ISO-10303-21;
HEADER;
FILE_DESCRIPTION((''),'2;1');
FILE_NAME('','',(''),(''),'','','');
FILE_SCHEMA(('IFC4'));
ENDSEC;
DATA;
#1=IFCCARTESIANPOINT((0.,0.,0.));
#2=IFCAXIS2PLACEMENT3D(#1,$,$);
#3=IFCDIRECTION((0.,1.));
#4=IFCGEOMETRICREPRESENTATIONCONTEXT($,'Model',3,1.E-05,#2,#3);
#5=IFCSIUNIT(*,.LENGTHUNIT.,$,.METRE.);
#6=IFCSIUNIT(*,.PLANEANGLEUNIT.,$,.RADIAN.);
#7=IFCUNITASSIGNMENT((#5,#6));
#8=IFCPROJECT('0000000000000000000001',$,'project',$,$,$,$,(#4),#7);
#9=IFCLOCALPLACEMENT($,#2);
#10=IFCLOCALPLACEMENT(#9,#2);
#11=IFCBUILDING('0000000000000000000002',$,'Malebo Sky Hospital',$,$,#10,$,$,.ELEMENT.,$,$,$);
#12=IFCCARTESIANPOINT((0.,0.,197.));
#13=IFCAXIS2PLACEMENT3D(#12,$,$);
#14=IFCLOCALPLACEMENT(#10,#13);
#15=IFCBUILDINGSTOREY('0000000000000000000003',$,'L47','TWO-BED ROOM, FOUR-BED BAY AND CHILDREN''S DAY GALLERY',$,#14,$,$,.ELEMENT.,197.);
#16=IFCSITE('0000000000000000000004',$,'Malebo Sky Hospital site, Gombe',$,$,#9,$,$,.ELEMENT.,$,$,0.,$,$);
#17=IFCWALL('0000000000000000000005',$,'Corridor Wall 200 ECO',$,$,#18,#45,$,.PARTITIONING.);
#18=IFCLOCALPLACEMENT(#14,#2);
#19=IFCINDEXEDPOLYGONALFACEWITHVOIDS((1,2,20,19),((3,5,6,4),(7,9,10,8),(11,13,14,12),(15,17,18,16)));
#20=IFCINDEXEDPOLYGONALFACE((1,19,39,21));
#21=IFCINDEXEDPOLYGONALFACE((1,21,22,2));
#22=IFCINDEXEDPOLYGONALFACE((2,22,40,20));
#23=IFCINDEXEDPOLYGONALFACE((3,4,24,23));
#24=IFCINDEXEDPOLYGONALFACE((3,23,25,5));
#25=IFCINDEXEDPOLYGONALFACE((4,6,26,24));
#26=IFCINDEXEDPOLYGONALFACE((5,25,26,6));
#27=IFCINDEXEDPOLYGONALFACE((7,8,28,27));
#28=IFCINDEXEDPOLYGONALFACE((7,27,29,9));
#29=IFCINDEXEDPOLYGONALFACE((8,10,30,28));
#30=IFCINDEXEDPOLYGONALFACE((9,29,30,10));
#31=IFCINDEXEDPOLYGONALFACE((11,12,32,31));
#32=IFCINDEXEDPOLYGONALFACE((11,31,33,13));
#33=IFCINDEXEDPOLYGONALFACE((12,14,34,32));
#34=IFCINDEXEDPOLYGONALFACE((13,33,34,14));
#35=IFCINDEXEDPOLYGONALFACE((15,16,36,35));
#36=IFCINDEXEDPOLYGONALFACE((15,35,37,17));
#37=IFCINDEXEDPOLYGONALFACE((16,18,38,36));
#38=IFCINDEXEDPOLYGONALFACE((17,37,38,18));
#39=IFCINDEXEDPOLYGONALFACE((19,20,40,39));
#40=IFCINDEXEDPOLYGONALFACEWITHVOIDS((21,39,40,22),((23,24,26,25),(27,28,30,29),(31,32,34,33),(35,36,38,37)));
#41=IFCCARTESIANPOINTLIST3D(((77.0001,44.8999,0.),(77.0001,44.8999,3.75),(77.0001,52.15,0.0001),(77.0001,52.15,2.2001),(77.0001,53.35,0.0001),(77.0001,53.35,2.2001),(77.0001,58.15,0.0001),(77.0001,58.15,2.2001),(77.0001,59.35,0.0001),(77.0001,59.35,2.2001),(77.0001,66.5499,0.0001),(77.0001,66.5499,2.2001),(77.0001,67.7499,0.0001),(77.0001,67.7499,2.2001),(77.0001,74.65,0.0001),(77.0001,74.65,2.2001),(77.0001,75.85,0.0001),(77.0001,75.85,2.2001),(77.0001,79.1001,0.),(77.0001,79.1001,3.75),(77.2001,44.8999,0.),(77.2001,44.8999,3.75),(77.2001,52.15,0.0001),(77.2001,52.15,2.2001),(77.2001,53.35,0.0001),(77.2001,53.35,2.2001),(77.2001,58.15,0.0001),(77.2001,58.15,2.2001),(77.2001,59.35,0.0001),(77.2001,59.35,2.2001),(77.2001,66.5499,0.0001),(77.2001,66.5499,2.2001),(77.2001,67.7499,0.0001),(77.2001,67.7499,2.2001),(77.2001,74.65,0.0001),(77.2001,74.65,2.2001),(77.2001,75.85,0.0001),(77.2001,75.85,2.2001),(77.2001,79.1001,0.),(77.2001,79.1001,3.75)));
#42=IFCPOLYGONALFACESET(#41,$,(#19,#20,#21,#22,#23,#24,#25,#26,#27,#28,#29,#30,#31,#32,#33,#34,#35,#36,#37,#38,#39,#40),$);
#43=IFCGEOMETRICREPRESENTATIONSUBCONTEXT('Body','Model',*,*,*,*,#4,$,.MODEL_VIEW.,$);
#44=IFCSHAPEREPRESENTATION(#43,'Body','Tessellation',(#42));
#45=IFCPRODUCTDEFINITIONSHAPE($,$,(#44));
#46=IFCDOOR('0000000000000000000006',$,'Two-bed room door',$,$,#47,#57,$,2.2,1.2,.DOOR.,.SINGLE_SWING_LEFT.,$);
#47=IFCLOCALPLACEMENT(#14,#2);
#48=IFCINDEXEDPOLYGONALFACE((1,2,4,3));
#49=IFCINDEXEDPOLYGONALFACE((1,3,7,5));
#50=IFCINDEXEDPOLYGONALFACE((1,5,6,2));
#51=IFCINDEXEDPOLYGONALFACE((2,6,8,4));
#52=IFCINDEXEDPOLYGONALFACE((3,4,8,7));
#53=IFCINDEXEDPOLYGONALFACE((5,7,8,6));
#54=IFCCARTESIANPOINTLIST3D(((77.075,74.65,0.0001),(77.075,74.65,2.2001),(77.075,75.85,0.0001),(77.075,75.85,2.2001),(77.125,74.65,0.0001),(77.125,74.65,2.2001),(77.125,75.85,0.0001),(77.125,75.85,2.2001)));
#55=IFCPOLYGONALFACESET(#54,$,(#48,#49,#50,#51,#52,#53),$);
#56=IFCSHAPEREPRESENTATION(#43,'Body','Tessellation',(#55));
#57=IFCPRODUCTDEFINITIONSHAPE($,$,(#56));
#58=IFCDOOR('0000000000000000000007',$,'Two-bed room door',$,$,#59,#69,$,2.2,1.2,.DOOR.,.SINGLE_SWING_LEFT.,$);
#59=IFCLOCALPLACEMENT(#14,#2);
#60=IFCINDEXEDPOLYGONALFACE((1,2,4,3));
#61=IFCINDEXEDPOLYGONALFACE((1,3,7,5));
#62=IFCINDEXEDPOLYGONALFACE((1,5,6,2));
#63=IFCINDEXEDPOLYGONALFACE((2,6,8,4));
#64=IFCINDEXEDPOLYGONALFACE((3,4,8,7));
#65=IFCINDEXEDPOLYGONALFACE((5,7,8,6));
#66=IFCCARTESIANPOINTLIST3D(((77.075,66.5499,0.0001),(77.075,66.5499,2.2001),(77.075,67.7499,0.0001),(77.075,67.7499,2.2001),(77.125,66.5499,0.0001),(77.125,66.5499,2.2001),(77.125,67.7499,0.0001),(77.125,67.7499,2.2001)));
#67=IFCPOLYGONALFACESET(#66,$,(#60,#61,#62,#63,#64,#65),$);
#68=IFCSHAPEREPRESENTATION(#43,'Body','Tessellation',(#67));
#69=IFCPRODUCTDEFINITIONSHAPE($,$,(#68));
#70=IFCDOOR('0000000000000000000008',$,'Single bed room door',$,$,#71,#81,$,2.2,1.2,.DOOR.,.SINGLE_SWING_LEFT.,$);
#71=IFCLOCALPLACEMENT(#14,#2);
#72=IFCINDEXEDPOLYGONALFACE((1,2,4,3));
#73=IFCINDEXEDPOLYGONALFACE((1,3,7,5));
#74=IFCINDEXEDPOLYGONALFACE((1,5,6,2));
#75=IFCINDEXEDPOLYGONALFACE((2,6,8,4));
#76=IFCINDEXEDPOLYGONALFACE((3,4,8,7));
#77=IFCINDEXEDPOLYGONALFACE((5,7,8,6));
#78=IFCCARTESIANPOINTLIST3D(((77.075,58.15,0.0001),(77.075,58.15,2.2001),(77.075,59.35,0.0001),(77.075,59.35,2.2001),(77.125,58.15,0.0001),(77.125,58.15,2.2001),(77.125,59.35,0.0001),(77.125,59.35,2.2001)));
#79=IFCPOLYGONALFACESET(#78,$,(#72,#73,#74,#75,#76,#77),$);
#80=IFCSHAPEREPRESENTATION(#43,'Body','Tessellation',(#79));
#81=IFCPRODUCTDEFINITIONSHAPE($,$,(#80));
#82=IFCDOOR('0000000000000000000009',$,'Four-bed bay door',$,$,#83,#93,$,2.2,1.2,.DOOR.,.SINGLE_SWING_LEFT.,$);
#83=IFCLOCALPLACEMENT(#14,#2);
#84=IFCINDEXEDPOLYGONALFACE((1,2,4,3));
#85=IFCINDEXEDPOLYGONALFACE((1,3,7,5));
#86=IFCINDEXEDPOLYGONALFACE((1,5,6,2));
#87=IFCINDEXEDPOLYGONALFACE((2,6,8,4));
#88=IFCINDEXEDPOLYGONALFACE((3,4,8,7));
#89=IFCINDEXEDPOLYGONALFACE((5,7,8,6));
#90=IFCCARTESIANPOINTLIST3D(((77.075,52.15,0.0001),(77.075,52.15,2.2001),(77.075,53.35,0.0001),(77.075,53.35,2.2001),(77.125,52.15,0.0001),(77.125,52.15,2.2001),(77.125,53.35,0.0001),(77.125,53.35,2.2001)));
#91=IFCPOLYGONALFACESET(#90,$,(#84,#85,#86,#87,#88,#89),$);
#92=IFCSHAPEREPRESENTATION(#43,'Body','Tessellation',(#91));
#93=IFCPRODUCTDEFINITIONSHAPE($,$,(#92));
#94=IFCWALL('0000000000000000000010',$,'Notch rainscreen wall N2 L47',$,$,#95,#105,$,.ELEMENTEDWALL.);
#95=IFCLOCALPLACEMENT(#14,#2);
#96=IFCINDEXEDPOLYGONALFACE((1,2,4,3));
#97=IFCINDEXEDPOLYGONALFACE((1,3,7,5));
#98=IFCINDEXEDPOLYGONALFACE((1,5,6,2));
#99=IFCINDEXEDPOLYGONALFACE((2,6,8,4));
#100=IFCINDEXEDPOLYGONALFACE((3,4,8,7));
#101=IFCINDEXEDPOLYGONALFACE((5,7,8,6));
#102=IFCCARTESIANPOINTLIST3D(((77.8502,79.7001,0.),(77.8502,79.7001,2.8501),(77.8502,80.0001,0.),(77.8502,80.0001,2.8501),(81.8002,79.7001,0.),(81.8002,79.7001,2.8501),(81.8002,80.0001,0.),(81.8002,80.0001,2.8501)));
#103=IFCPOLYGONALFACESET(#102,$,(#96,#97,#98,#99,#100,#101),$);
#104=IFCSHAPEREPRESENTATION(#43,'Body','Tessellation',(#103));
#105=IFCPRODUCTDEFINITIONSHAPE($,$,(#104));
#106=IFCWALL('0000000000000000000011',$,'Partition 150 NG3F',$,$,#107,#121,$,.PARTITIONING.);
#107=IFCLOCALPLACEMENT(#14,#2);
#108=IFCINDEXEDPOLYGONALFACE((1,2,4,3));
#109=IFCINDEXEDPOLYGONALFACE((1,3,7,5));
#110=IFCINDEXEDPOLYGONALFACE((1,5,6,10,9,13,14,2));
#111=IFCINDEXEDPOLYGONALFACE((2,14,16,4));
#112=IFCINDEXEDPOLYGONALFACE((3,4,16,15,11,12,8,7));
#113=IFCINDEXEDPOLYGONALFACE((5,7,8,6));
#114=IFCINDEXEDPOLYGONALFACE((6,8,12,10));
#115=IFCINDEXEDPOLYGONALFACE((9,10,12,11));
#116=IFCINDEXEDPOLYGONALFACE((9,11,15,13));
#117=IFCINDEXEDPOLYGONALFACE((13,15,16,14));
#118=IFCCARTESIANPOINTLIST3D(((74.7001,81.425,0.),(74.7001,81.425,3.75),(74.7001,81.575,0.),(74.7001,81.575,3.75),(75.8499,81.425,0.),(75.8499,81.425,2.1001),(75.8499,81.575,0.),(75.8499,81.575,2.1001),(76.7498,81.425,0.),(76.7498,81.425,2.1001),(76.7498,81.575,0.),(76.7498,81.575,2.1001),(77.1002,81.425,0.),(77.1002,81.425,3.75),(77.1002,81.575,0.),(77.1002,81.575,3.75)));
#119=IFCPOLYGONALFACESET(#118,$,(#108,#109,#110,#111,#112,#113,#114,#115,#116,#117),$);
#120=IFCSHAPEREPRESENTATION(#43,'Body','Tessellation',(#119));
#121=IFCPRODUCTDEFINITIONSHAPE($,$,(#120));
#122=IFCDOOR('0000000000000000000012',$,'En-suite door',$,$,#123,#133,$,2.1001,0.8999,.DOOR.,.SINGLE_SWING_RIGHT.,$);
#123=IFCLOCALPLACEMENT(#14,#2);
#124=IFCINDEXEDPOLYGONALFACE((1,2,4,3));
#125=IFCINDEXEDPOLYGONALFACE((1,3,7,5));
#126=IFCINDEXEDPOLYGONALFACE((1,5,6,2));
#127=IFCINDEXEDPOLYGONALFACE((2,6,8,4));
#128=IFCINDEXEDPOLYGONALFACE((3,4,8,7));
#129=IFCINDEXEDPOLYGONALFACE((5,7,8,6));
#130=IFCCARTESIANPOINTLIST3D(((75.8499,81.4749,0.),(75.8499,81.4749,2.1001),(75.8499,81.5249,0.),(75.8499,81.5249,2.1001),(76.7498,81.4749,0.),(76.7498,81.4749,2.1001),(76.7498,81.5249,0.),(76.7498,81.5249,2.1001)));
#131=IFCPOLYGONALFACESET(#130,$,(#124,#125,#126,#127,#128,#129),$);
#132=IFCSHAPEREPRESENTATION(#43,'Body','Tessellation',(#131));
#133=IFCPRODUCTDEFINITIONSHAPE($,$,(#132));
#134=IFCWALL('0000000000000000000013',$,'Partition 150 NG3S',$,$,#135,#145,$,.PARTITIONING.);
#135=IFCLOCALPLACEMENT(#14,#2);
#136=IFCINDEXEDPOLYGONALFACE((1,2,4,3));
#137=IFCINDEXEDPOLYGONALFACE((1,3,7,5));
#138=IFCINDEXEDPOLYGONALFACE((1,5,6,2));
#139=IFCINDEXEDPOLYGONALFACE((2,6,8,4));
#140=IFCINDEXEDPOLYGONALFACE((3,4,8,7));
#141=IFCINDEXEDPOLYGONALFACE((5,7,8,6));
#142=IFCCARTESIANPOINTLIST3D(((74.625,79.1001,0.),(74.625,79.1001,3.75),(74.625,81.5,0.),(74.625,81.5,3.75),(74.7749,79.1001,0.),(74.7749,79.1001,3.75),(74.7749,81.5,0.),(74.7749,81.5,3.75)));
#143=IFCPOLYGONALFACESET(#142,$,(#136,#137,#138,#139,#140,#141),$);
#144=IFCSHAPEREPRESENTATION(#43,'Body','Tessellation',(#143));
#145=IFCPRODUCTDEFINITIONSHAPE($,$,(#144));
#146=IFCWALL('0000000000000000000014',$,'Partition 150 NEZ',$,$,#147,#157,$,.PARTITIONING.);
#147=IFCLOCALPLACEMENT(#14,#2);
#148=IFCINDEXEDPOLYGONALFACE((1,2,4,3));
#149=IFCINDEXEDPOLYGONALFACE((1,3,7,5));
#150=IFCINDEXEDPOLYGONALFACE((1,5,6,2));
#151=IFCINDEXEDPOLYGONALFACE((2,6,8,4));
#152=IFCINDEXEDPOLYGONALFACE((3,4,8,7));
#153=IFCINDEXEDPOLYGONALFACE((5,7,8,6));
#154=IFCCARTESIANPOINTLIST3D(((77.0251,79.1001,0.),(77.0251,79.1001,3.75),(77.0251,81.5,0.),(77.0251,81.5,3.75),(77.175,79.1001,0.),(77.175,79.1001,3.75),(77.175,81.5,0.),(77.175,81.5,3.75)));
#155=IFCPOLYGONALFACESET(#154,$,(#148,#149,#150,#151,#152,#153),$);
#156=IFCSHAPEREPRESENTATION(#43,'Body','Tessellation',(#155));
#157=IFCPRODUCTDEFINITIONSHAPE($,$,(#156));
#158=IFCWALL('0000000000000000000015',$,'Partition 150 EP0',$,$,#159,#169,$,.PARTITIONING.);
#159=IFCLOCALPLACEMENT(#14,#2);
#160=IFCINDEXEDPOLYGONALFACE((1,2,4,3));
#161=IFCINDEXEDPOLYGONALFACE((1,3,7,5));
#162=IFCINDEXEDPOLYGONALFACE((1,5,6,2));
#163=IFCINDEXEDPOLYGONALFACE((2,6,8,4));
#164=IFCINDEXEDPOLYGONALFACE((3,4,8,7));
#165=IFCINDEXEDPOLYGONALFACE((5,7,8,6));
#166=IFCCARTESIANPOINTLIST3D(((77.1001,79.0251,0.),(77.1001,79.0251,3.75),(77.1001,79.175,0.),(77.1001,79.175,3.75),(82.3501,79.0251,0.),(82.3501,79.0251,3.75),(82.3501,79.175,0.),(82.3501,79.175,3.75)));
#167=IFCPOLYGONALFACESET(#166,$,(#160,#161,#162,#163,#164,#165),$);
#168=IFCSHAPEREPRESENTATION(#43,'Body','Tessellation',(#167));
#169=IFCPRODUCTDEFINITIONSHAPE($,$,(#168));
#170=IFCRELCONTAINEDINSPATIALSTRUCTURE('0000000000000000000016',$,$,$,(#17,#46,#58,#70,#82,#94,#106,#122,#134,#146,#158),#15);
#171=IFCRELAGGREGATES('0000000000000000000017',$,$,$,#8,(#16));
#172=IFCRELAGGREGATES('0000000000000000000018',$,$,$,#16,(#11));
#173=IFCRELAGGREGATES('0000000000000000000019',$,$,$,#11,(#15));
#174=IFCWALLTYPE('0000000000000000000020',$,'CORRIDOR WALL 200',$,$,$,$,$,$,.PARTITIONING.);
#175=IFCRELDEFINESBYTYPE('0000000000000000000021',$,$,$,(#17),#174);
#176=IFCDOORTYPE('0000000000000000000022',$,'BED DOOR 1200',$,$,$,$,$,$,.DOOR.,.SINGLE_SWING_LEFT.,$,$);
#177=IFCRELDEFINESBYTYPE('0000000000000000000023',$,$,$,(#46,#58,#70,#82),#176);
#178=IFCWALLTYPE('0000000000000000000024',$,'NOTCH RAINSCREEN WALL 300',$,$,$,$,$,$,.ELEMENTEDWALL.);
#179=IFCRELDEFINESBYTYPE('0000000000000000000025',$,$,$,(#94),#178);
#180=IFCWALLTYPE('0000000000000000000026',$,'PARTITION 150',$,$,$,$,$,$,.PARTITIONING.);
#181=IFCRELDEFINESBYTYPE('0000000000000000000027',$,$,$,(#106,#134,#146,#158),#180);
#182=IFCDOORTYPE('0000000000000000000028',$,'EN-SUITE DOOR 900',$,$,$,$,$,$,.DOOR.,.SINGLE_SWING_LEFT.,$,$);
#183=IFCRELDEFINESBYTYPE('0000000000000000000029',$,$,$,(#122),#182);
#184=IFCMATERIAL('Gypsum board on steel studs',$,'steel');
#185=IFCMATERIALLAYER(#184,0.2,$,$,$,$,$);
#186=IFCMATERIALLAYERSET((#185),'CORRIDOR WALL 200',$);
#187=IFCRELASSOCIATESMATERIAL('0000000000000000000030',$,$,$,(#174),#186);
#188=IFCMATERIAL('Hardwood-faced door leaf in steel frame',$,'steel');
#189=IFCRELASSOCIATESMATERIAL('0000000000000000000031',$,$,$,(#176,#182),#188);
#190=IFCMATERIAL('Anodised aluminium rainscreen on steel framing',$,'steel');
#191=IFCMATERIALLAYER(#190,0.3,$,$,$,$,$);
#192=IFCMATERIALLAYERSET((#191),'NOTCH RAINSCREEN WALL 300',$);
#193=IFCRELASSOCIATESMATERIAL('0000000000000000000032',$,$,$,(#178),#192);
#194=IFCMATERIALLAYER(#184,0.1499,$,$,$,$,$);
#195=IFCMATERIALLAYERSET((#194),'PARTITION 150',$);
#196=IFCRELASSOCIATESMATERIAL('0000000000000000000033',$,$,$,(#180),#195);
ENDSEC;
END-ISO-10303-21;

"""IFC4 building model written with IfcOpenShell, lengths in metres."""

from ifc_helpers import new_model, si_unit, direction, frame, frame_2d, origin, place, context, subcontext, project, spatial, rectangle, extrude, material, layer, layer_set, type_object, element, fill, save


model = new_model("IFC4")

# Units and contexts
model_context = context("Model", 3, precision=1e-05, world=origin(), true_north=direction((0.0, 1.0)))
body_context = subcontext(model_context, "Body", "Model", "MODEL_VIEW")
ifc_project = project(units=[si_unit("LENGTHUNIT", "METRE"), si_unit("PLANEANGLEUNIT", "RADIAN")], contexts=[model_context])

# Site, building, storey
site_placement = place(None, origin())
site = spatial("IfcSite", under=ifc_project, at=site_placement, Name="Malebo Sky Hospital site, Gombe", CompositionType="ELEMENT", RefElevation=0.0)
building_placement = place(site_placement, origin())
building = spatial("IfcBuilding", under=site, at=building_placement, Name="Malebo Sky Hospital", CompositionType="ELEMENT")
storey_placement = place(building_placement, frame((0.0, 0.0, 197.0)))
storey = spatial("IfcBuildingStorey", under=building, at=storey_placement, Name="L47", Description="TWO-BED ROOM, FOUR-BED BAY AND CHILDREN'S DAY GALLERY", CompositionType="ELEMENT", Elevation=197.0)

# Wall, openings, doors
ifc_material_1 = material(Name="Gypsum board on steel studs", Category="steel")
ifc_layer_1 = layer(ifc_material_1, 0.2)
ifc_layer_set_1 = layer_set([ifc_layer_1], Name="CORRIDOR WALL 200")
wall_type_1 = type_object("IfcWallType", Name="CORRIDOR WALL 200", PredefinedType="PARTITIONING", material=ifc_layer_set_1)
wall_1_placement = place(storey_placement, frame((77.1001, 79.1001, 0.0), z_axis=(0.0, 0.0, 1.0), x_axis=(0.0, -1.0, 0.0)))
wall_1 = element("IfcWall", 1, at=wall_1_placement, inside=storey, type_object=wall_type_1, Name="Corridor Wall 200 ECO", PredefinedType="PARTITIONING", context=body_context, shape_type="SweptSolid", body=[
    extrude(rectangle(XDim=34.2002, YDim=0.2, at=frame_2d((17.1001, 0.0))), origin(), (0.0, 0.0, 1.0), 3.75),
])
opening_1_placement = place(wall_1_placement, frame((3.25, 0.0, 0.0)))
opening_1 = element("IfcOpeningElement", 2, at=opening_1_placement, cuts=wall_1, PredefinedType="OPENING", context=body_context, shape_type="SweptSolid", body=[
    extrude(rectangle(XDim=1.2, YDim=2.2, at=frame_2d((0.6001, 1.1001))), frame((0.0, 0.1099, 0.0), z_axis=(0.0, -1.0, 0.0), x_axis=(1.0, 0.0, 0.0)), (0.0, 0.0, 1.0), 0.22),
])
opening_2_placement = place(wall_1_placement, frame((11.3501, 0.0, 0.0)))
opening_2 = element("IfcOpeningElement", 3, at=opening_2_placement, cuts=wall_1, PredefinedType="OPENING", context=body_context, shape_type="SweptSolid", body=[
    extrude(rectangle(XDim=1.2, YDim=2.2, at=frame_2d((0.6001, 1.1001))), frame((0.0, 0.1099, 0.0), z_axis=(0.0, -1.0, 0.0), x_axis=(1.0, 0.0, 0.0)), (0.0, 0.0, 1.0), 0.22),
])
opening_3_placement = place(wall_1_placement, frame((19.75, 0.0, 0.0)))
opening_3 = element("IfcOpeningElement", 4, at=opening_3_placement, cuts=wall_1, PredefinedType="OPENING", context=body_context, shape_type="SweptSolid", body=[
    extrude(rectangle(XDim=1.2, YDim=2.2, at=frame_2d((0.6001, 1.1001))), frame((0.0, 0.1099, 0.0), z_axis=(0.0, -1.0, 0.0), x_axis=(1.0, 0.0, 0.0)), (0.0, 0.0, 1.0), 0.22),
])
opening_4_placement = place(wall_1_placement, frame((25.75, 0.0, 0.0)))
opening_4 = element("IfcOpeningElement", 5, at=opening_4_placement, cuts=wall_1, PredefinedType="OPENING", context=body_context, shape_type="SweptSolid", body=[
    extrude(rectangle(XDim=1.2, YDim=2.2, at=frame_2d((0.6001, 1.1001))), frame((0.0, 0.1099, 0.0), z_axis=(0.0, -1.0, 0.0), x_axis=(1.0, 0.0, 0.0)), (0.0, 0.0, 1.0), 0.22),
])
ifc_material_2 = material(Name="Hardwood-faced door leaf in steel frame", Category="steel")
door_type_1 = type_object("IfcDoorType", Name="BED DOOR 1200", OperationType="SINGLE_SWING_LEFT", PredefinedType="DOOR", material=ifc_material_2)
door_1_placement = place(opening_1_placement, origin())
door_1 = element("IfcDoor", 6, at=door_1_placement, inside=storey, type_object=door_type_1, Name="Two-bed room door", OperationType="SINGLE_SWING_LEFT", OverallHeight=2.2, OverallWidth=1.2, PredefinedType="DOOR", context=body_context, shape_type="SweptSolid", body=[
    extrude(rectangle(XDim=1.2, YDim=2.2, at=frame_2d((0.6001, 1.1001))), frame((0.0, 0.0249, 0.0), z_axis=(0.0, -1.0, 0.0), x_axis=(1.0, 0.0, 0.0)), (0.0, 0.0, 1.0), 0.05),
])
fill(opening_1, door_1)
door_2_placement = place(opening_2_placement, origin())
door_2 = element("IfcDoor", 7, at=door_2_placement, inside=storey, type_object=door_type_1, Name="Two-bed room door", OperationType="SINGLE_SWING_LEFT", OverallHeight=2.2, OverallWidth=1.2, PredefinedType="DOOR", context=body_context, shape_type="SweptSolid", body=[
    extrude(rectangle(XDim=1.2, YDim=2.2, at=frame_2d((0.6001, 1.1001))), frame((0.0, 0.0249, 0.0), z_axis=(0.0, -1.0, 0.0), x_axis=(1.0, 0.0, 0.0)), (0.0, 0.0, 1.0), 0.05),
])
fill(opening_2, door_2)
door_3_placement = place(opening_3_placement, origin())
door_3 = element("IfcDoor", 8, at=door_3_placement, inside=storey, type_object=door_type_1, Name="Single bed room door", OperationType="SINGLE_SWING_LEFT", OverallHeight=2.2, OverallWidth=1.2, PredefinedType="DOOR", context=body_context, shape_type="SweptSolid", body=[
    extrude(rectangle(XDim=1.2, YDim=2.2, at=frame_2d((0.6001, 1.1001))), frame((0.0, 0.0249, 0.0), z_axis=(0.0, -1.0, 0.0), x_axis=(1.0, 0.0, 0.0)), (0.0, 0.0, 1.0), 0.05),
])
fill(opening_3, door_3)
door_4_placement = place(opening_4_placement, origin())
door_4 = element("IfcDoor", 9, at=door_4_placement, inside=storey, type_object=door_type_1, Name="Four-bed bay door", OperationType="SINGLE_SWING_LEFT", OverallHeight=2.2, OverallWidth=1.2, PredefinedType="DOOR", context=body_context, shape_type="SweptSolid", body=[
    extrude(rectangle(XDim=1.2, YDim=2.2, at=frame_2d((0.6001, 1.1001))), frame((0.0, 0.0249, 0.0), z_axis=(0.0, -1.0, 0.0), x_axis=(1.0, 0.0, 0.0)), (0.0, 0.0, 1.0), 0.05),
])
fill(opening_4, door_4)

# Wall
ifc_material_3 = material(Name="Anodised aluminium rainscreen on steel framing", Category="steel")
ifc_layer_2 = layer(ifc_material_3, 0.3)
ifc_layer_set_2 = layer_set([ifc_layer_2], Name="NOTCH RAINSCREEN WALL 300")
wall_type_2 = type_object("IfcWallType", Name="NOTCH RAINSCREEN WALL 300", PredefinedType="ELEMENTEDWALL", material=ifc_layer_set_2)
wall_2_placement = place(storey_placement, frame((77.8501, 79.8501, 0.0), z_axis=(0.0, 0.0, 1.0), x_axis=(1.0, 0.0, 0.0)))
element("IfcWall", 10, at=wall_2_placement, inside=storey, type_object=wall_type_2, Name="Notch rainscreen wall N2 L47", PredefinedType="ELEMENTEDWALL", context=body_context, shape_type="SweptSolid", body=[
    extrude(rectangle(XDim=3.95, YDim=0.3, at=frame_2d((1.9751, 0.0))), origin(), (0.0, 0.0, 1.0), 2.8501),
])

# Wall, opening, door
ifc_layer_3 = layer(ifc_material_1, 0.1499)
ifc_layer_set_3 = layer_set([ifc_layer_3], Name="PARTITION 150")
wall_type_3 = type_object("IfcWallType", Name="PARTITION 150", PredefinedType="PARTITIONING", material=ifc_layer_set_3)
wall_3_placement = place(storey_placement, frame((74.7, 81.5, 0.0), z_axis=(0.0, 0.0, 1.0), x_axis=(1.0, 0.0, 0.0)))
wall_3 = element("IfcWall", 11, at=wall_3_placement, inside=storey, type_object=wall_type_3, Name="Partition 150 NG3F", PredefinedType="PARTITIONING", context=body_context, shape_type="SweptSolid", body=[
    extrude(rectangle(XDim=2.4001, YDim=0.1499, at=frame_2d((1.2002, 0.0))), origin(), (0.0, 0.0, 1.0), 3.75),
])
opening_5_placement = place(wall_3_placement, frame((1.1499, 0.0, 0.0)))
opening_5 = element("IfcOpeningElement", 12, at=opening_5_placement, cuts=wall_3, PredefinedType="OPENING", context=body_context, shape_type="SweptSolid", body=[
    extrude(rectangle(XDim=0.8999, YDim=2.1001, at=frame_2d((0.45, 1.05))), frame((0.0, 0.085, 0.0), z_axis=(0.0, -1.0, 0.0), x_axis=(1.0, 0.0, 0.0)), (0.0, 0.0, 1.0), 0.1699),
])
door_type_2 = type_object("IfcDoorType", Name="EN-SUITE DOOR 900", OperationType="SINGLE_SWING_LEFT", PredefinedType="DOOR", material=ifc_material_2)
door_5_placement = place(opening_5_placement, origin())
door_5 = element("IfcDoor", 13, at=door_5_placement, inside=storey, type_object=door_type_2, Name="En-suite door", OperationType="SINGLE_SWING_RIGHT", OverallHeight=2.1001, OverallWidth=0.8999, PredefinedType="DOOR", context=body_context, shape_type="SweptSolid", body=[
    extrude(rectangle(XDim=0.8999, YDim=2.1001, at=frame_2d((0.45, 1.05))), frame((0.0, 0.0249, 0.0), z_axis=(0.0, -1.0, 0.0), x_axis=(1.0, 0.0, 0.0)), (0.0, 0.0, 1.0), 0.05),
])
fill(opening_5, door_5)

# Walls
for number, where, z_axis, x_axis, name in (
    (14, (74.7, 79.1001, 0.0), (0.0, 0.0, 1.0), (0.0, 1.0, 0.0), "Partition 150 NG3S"),
    (15, (77.1001, 79.1001, 0.0), (0.0, 0.0, 1.0), (0.0, 1.0, 0.0), "Partition 150 NEZ"),
):
    element("IfcWall", number, at=place(storey_placement, frame(where, z_axis=z_axis, x_axis=x_axis)), inside=storey, type_object=wall_type_3, Name=name, PredefinedType="PARTITIONING", context=body_context, shape_type="SweptSolid", body=[
        extrude(rectangle(XDim=2.3999, YDim=0.1499, at=frame_2d((1.2, 0.0))), origin(), (0.0, 0.0, 1.0), 3.75),
    ])
wall_4_placement = place(storey_placement, frame((77.1001, 79.1001, 0.0), z_axis=(0.0, 0.0, 1.0), x_axis=(1.0, 0.0, 0.0)))
element("IfcWall", 16, at=wall_4_placement, inside=storey, type_object=wall_type_3, Name="Partition 150 EP0", PredefinedType="PARTITIONING", context=body_context, shape_type="SweptSolid", body=[
    extrude(rectangle(XDim=5.25, YDim=0.1499, at=frame_2d((2.625, 0.0))), origin(), (0.0, 0.0, 1.0), 3.75),
])

save(model, "model.ifc")
